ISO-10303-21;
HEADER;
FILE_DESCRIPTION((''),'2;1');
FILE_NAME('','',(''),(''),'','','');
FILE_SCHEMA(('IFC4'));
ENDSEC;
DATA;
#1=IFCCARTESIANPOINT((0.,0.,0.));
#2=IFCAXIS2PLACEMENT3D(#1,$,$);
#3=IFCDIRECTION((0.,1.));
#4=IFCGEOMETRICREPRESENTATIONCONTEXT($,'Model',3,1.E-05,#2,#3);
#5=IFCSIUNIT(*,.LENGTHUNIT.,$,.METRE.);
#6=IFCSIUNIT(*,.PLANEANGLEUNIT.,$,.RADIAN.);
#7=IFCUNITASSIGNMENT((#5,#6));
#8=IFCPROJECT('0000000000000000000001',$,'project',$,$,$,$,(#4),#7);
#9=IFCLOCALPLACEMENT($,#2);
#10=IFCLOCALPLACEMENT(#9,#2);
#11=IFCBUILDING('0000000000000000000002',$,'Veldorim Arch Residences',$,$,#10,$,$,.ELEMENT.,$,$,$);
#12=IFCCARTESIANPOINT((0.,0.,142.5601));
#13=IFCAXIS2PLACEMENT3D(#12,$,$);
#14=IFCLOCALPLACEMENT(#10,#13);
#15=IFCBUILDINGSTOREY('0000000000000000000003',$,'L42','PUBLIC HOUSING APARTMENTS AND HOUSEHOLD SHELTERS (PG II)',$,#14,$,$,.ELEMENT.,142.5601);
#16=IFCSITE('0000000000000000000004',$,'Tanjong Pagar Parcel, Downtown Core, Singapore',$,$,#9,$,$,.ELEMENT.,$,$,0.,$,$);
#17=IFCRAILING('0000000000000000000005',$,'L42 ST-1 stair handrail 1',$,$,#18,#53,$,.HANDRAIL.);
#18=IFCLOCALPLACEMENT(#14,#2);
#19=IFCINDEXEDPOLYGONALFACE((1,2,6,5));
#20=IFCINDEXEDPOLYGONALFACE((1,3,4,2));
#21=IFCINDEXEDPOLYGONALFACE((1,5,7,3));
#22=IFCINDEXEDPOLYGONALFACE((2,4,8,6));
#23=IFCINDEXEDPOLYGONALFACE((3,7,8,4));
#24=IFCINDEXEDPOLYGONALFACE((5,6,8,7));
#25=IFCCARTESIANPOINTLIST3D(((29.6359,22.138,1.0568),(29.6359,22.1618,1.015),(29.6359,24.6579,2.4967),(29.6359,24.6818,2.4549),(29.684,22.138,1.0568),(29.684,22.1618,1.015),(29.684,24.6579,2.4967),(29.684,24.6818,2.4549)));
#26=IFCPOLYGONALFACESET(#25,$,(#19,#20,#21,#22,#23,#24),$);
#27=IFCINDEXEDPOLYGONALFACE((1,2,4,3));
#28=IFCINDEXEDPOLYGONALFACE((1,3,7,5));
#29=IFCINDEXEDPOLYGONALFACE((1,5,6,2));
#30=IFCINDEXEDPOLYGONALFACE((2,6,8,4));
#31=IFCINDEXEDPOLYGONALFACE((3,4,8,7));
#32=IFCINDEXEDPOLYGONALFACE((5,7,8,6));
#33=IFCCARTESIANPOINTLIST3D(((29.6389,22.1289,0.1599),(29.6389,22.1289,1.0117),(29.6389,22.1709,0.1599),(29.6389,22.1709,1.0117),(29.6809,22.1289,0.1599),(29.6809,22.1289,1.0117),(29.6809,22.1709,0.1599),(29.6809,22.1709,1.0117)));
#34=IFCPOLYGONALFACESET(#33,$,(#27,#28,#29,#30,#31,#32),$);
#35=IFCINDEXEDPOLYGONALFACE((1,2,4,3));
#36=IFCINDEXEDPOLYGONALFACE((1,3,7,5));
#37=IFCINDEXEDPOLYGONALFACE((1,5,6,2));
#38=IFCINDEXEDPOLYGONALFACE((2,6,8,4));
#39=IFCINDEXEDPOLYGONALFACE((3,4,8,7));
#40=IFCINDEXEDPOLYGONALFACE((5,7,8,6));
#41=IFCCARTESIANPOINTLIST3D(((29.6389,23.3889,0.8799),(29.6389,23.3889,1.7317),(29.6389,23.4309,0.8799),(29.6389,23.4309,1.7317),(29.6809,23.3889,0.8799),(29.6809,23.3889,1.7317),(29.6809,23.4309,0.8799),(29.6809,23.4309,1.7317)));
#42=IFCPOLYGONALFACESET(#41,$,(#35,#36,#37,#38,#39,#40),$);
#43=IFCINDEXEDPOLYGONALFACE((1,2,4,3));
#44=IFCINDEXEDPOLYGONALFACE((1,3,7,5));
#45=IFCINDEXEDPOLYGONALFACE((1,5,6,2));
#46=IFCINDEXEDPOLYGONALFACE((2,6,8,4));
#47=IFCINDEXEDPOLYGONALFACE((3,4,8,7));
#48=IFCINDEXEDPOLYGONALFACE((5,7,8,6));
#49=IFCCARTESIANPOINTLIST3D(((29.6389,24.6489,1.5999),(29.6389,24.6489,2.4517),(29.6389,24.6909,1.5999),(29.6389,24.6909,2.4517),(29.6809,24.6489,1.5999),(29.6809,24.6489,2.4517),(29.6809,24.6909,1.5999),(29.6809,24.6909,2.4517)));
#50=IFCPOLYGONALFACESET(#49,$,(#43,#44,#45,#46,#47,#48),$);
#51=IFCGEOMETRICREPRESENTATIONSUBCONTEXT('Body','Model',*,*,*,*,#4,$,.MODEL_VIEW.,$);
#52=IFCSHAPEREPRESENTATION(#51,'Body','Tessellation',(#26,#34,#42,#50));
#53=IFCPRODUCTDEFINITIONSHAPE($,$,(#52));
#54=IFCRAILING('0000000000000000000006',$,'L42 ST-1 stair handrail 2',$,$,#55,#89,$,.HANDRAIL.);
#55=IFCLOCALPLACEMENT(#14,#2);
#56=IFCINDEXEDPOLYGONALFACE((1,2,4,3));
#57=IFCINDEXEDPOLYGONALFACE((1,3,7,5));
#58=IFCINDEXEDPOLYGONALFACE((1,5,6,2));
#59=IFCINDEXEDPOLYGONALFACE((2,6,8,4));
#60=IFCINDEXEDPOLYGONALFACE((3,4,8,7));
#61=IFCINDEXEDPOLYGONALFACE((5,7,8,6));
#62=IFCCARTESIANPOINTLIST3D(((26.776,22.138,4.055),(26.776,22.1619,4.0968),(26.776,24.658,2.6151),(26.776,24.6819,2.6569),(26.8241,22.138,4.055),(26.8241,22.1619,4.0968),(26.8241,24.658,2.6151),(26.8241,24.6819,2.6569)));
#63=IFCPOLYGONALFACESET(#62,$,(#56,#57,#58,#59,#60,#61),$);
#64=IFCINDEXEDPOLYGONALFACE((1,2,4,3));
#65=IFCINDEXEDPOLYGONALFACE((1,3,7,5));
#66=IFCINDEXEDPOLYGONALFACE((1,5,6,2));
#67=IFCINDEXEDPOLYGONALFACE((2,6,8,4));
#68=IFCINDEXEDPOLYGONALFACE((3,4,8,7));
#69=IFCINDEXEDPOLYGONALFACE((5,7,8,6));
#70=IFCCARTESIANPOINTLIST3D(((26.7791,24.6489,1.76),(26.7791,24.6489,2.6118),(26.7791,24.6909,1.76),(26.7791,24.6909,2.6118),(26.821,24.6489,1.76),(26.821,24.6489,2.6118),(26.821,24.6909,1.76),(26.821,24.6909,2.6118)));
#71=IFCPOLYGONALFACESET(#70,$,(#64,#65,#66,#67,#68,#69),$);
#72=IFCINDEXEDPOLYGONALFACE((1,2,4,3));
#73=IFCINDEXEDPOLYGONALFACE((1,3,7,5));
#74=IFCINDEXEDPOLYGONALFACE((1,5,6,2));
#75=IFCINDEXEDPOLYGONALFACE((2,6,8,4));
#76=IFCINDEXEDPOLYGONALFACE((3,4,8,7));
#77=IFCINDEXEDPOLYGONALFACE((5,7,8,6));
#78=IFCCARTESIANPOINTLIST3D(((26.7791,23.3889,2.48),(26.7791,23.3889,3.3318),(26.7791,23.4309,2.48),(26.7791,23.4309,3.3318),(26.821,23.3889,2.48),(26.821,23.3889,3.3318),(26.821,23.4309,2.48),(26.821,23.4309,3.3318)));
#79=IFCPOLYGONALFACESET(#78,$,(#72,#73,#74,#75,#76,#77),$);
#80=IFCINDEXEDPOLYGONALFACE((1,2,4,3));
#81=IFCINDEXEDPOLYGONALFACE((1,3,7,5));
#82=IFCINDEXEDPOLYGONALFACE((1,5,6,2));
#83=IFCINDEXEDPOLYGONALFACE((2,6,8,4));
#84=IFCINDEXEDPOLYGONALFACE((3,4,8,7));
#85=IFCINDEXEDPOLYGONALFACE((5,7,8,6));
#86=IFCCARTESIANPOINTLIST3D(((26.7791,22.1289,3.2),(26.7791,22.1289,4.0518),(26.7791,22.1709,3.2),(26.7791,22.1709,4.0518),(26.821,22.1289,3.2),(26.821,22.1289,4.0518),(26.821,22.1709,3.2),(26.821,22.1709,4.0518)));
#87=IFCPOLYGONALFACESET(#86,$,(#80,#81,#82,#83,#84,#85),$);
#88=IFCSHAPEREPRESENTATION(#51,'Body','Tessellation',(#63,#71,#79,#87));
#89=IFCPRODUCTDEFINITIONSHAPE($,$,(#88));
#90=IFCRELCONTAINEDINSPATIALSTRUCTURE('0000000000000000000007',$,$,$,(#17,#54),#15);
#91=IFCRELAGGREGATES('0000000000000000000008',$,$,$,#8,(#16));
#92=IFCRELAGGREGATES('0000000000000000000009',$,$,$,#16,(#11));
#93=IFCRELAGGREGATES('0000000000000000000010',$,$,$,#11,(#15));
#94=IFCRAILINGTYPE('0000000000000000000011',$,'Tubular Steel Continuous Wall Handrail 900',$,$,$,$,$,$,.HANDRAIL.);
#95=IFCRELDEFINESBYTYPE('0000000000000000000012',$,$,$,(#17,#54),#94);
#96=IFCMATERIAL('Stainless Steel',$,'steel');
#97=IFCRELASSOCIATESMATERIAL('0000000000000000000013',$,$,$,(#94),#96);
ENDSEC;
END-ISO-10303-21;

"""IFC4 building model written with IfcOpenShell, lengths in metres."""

from ifc_helpers import new_model, si_unit, direction, frame, origin, origin_2d, place, context, subcontext, project, spatial, rectangle, extrude, material, type_object, element, save


model = new_model("IFC4")

# Units and contexts
model_context = context("Model", 3, precision=1e-05, world=origin(), true_north=direction((0.0, 1.0)))
body_context = subcontext(model_context, "Body", "Model", "MODEL_VIEW")
ifc_project = project(units=[si_unit("LENGTHUNIT", "METRE"), si_unit("PLANEANGLEUNIT", "RADIAN")], contexts=[model_context])

# Site, building, storey
site_placement = place(None, origin())
site = spatial("IfcSite", under=ifc_project, at=site_placement, Name="Tanjong Pagar Parcel, Downtown Core, Singapore", CompositionType="ELEMENT", RefElevation=0.0)
building_placement = place(site_placement, origin())
building = spatial("IfcBuilding", under=site, at=building_placement, Name="Veldorim Arch Residences", CompositionType="ELEMENT")
storey_placement = place(building_placement, frame((0.0, 0.0, 142.5601)))
storey = spatial("IfcBuildingStorey", under=building, at=storey_placement, Name="L42", Description="PUBLIC HOUSING APARTMENTS AND HOUSEHOLD SHELTERS (PG II)", CompositionType="ELEMENT", Elevation=142.5601)

# Railings
ifc_material_1 = material(Name="Stainless Steel", Category="steel")
railing_type_1 = type_object("IfcRailingType", Name="Tubular Steel Continuous Wall Handrail 900", PredefinedType="HANDRAIL", material=ifc_material_1)
railing_1_placement = place(storey_placement, frame((29.6599, 22.1499, 0.1599)))
element("IfcRailing", 1, at=railing_1_placement, inside=storey, type_object=railing_type_1, Name="L42 ST-1 stair handrail 1", PredefinedType="HANDRAIL", context=body_context, shape_type="SweptSolid", body=[
    extrude(rectangle(XDim=0.0481, YDim=0.0481, at=origin_2d()), frame((0.0, 0.0, 0.876), z_axis=(0.0, 0.868253, 0.496121), x_axis=(-1.0, 0.0, 0.0)), (0.0, 0.0, 1.0), 2.9023),
    extrude(rectangle(XDim=0.042, YDim=0.042, at=origin_2d()), origin(), (0.0, 0.0, 1.0), 0.8518),
    extrude(rectangle(XDim=0.042, YDim=0.042, at=origin_2d()), frame((0.0, 1.26, 0.72)), (0.0, 0.0, 1.0), 0.8518),
    extrude(rectangle(XDim=0.042, YDim=0.042, at=origin_2d()), frame((0.0, 2.52, 1.4399)), (0.0, 0.0, 1.0), 0.8518),
])
railing_2_placement = place(storey_placement, frame((26.8, 24.6699, 1.76)))
element("IfcRailing", 2, at=railing_2_placement, inside=storey, type_object=railing_type_1, Name="L42 ST-1 stair handrail 2", PredefinedType="HANDRAIL", context=body_context, shape_type="SweptSolid", body=[
    extrude(rectangle(XDim=0.0481, YDim=0.0481, at=origin_2d()), frame((0.0, 0.0, 0.876), z_axis=(0.0, -0.868253, 0.496121), x_axis=(1.0, 0.0, 0.0)), (0.0, 0.0, 1.0), 2.9023),
    extrude(rectangle(XDim=0.042, YDim=0.042, at=origin_2d()), origin(), (0.0, 0.0, 1.0), 0.8518),
    extrude(rectangle(XDim=0.042, YDim=0.042, at=origin_2d()), frame((0.0, -1.26, 0.72)), (0.0, 0.0, 1.0), 0.8518),
    extrude(rectangle(XDim=0.042, YDim=0.042, at=origin_2d()), frame((0.0, -2.52, 1.4399)), (0.0, 0.0, 1.0), 0.8518),
])

save(model, "model.ifc")
